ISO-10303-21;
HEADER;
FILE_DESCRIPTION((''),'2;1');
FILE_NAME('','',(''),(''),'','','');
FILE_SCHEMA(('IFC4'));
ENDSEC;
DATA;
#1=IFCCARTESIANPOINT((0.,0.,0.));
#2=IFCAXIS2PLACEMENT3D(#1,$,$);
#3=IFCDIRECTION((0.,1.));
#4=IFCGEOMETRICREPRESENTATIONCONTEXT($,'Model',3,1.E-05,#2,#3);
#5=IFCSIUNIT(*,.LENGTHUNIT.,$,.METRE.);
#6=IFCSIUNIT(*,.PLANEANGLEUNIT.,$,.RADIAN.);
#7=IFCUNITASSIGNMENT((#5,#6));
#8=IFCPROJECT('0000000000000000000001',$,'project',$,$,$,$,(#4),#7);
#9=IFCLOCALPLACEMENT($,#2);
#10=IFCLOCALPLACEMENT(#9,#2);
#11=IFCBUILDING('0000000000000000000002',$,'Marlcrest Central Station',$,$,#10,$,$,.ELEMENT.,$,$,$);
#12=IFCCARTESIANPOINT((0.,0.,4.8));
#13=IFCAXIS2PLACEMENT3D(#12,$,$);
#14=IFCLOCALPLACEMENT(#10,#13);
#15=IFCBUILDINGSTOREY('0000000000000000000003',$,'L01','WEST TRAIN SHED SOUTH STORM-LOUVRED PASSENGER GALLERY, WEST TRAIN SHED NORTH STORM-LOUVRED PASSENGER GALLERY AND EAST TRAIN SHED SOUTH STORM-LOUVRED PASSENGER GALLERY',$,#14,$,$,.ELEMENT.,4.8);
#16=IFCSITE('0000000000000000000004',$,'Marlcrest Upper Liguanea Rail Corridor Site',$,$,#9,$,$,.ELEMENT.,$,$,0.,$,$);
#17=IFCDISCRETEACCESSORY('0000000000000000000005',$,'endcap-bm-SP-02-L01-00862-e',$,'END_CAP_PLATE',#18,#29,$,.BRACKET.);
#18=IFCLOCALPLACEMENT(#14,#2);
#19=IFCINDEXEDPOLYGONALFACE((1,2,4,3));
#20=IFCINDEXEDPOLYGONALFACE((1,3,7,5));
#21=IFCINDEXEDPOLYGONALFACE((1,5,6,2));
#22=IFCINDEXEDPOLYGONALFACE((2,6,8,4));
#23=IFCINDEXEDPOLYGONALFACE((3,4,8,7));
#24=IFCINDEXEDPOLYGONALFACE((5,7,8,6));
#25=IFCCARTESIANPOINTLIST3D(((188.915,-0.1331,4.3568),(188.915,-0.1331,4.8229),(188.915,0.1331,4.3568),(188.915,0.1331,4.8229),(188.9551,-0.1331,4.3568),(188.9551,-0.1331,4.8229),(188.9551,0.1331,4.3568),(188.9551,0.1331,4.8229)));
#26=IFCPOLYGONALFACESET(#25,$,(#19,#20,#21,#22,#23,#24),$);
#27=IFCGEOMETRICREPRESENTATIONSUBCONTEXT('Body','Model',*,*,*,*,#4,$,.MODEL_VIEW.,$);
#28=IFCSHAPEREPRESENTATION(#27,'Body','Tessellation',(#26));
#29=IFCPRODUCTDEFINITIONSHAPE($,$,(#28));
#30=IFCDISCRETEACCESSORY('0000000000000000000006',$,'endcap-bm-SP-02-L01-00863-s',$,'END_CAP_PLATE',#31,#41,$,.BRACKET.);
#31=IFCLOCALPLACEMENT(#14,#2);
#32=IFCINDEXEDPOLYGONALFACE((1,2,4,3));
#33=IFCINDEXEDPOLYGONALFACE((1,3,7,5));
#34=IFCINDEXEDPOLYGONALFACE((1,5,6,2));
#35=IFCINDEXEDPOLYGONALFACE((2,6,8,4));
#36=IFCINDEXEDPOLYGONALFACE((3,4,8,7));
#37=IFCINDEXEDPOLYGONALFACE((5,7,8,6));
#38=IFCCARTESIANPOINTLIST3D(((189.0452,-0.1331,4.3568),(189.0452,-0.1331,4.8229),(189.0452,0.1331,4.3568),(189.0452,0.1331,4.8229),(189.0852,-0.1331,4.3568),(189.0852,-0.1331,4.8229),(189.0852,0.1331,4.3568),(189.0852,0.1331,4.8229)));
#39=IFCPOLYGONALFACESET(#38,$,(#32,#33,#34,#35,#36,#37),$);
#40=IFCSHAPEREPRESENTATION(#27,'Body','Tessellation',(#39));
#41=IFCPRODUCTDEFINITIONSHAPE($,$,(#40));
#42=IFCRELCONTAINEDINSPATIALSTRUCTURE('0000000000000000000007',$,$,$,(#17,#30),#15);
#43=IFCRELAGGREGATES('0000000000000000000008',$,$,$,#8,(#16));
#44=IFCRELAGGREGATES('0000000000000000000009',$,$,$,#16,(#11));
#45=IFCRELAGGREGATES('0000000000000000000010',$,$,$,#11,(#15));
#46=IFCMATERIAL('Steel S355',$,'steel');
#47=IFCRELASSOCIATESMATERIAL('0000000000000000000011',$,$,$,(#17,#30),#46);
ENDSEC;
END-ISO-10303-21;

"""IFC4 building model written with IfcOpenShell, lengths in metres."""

from ifc_helpers import new_model, si_unit, direction, frame, origin, origin_2d, place, context, subcontext, project, spatial, rectangle, extrude, material, element, save


model = new_model("IFC4")

# Units and contexts
model_context = context("Model", 3, precision=1e-05, world=origin(), true_north=direction((0.0, 1.0)))
body_context = subcontext(model_context, "Body", "Model", "MODEL_VIEW")
ifc_project = project(units=[si_unit("LENGTHUNIT", "METRE"), si_unit("PLANEANGLEUNIT", "RADIAN")], contexts=[model_context])

# Site, building, storey
site_placement = place(None, origin())
site = spatial("IfcSite", under=ifc_project, at=site_placement, Name="Marlcrest Upper Liguanea Rail Corridor Site", CompositionType="ELEMENT", RefElevation=0.0)
building_placement = place(site_placement, origin())
building = spatial("IfcBuilding", under=site, at=building_placement, Name="Marlcrest Central Station", CompositionType="ELEMENT")
storey_placement = place(building_placement, frame((0.0, 0.0, 4.8)))
storey = spatial("IfcBuildingStorey", under=building, at=storey_placement, Name="L01", Description="WEST TRAIN SHED SOUTH STORM-LOUVRED PASSENGER GALLERY, WEST TRAIN SHED NORTH STORM-LOUVRED PASSENGER GALLERY AND EAST TRAIN SHED SOUTH STORM-LOUVRED PASSENGER GALLERY", CompositionType="ELEMENT", Elevation=4.8)

# Shared definitions
ifc_material_1 = material(Name="Steel S355", Category="steel")

# Discrete accessories
for number, where, z_axis, x_axis, name in (
    (1, (188.915, 0.0, 4.5898), (1.0, 0.0, 0.0), (0.0, 1.0, 0.0), "endcap-bm-SP-02-L01-00862-e"),
    (2, (189.0452, 0.0, 4.5898), (1.0, 0.0, 0.0), (0.0, 1.0, 0.0), "endcap-bm-SP-02-L01-00863-s"),
):
    element("IfcDiscreteAccessory", number, at=place(storey_placement, frame(where, z_axis=z_axis, x_axis=x_axis)), inside=storey, material=ifc_material_1, Name=name, ObjectType="END_CAP_PLATE", PredefinedType="BRACKET", context=body_context, shape_type="SweptSolid", body=[
        extrude(rectangle(XDim=0.2661, YDim=0.4661, at=origin_2d()), origin(), (0.0, 0.0, 1.0), 0.04),
    ])

save(model, "model.ifc")
